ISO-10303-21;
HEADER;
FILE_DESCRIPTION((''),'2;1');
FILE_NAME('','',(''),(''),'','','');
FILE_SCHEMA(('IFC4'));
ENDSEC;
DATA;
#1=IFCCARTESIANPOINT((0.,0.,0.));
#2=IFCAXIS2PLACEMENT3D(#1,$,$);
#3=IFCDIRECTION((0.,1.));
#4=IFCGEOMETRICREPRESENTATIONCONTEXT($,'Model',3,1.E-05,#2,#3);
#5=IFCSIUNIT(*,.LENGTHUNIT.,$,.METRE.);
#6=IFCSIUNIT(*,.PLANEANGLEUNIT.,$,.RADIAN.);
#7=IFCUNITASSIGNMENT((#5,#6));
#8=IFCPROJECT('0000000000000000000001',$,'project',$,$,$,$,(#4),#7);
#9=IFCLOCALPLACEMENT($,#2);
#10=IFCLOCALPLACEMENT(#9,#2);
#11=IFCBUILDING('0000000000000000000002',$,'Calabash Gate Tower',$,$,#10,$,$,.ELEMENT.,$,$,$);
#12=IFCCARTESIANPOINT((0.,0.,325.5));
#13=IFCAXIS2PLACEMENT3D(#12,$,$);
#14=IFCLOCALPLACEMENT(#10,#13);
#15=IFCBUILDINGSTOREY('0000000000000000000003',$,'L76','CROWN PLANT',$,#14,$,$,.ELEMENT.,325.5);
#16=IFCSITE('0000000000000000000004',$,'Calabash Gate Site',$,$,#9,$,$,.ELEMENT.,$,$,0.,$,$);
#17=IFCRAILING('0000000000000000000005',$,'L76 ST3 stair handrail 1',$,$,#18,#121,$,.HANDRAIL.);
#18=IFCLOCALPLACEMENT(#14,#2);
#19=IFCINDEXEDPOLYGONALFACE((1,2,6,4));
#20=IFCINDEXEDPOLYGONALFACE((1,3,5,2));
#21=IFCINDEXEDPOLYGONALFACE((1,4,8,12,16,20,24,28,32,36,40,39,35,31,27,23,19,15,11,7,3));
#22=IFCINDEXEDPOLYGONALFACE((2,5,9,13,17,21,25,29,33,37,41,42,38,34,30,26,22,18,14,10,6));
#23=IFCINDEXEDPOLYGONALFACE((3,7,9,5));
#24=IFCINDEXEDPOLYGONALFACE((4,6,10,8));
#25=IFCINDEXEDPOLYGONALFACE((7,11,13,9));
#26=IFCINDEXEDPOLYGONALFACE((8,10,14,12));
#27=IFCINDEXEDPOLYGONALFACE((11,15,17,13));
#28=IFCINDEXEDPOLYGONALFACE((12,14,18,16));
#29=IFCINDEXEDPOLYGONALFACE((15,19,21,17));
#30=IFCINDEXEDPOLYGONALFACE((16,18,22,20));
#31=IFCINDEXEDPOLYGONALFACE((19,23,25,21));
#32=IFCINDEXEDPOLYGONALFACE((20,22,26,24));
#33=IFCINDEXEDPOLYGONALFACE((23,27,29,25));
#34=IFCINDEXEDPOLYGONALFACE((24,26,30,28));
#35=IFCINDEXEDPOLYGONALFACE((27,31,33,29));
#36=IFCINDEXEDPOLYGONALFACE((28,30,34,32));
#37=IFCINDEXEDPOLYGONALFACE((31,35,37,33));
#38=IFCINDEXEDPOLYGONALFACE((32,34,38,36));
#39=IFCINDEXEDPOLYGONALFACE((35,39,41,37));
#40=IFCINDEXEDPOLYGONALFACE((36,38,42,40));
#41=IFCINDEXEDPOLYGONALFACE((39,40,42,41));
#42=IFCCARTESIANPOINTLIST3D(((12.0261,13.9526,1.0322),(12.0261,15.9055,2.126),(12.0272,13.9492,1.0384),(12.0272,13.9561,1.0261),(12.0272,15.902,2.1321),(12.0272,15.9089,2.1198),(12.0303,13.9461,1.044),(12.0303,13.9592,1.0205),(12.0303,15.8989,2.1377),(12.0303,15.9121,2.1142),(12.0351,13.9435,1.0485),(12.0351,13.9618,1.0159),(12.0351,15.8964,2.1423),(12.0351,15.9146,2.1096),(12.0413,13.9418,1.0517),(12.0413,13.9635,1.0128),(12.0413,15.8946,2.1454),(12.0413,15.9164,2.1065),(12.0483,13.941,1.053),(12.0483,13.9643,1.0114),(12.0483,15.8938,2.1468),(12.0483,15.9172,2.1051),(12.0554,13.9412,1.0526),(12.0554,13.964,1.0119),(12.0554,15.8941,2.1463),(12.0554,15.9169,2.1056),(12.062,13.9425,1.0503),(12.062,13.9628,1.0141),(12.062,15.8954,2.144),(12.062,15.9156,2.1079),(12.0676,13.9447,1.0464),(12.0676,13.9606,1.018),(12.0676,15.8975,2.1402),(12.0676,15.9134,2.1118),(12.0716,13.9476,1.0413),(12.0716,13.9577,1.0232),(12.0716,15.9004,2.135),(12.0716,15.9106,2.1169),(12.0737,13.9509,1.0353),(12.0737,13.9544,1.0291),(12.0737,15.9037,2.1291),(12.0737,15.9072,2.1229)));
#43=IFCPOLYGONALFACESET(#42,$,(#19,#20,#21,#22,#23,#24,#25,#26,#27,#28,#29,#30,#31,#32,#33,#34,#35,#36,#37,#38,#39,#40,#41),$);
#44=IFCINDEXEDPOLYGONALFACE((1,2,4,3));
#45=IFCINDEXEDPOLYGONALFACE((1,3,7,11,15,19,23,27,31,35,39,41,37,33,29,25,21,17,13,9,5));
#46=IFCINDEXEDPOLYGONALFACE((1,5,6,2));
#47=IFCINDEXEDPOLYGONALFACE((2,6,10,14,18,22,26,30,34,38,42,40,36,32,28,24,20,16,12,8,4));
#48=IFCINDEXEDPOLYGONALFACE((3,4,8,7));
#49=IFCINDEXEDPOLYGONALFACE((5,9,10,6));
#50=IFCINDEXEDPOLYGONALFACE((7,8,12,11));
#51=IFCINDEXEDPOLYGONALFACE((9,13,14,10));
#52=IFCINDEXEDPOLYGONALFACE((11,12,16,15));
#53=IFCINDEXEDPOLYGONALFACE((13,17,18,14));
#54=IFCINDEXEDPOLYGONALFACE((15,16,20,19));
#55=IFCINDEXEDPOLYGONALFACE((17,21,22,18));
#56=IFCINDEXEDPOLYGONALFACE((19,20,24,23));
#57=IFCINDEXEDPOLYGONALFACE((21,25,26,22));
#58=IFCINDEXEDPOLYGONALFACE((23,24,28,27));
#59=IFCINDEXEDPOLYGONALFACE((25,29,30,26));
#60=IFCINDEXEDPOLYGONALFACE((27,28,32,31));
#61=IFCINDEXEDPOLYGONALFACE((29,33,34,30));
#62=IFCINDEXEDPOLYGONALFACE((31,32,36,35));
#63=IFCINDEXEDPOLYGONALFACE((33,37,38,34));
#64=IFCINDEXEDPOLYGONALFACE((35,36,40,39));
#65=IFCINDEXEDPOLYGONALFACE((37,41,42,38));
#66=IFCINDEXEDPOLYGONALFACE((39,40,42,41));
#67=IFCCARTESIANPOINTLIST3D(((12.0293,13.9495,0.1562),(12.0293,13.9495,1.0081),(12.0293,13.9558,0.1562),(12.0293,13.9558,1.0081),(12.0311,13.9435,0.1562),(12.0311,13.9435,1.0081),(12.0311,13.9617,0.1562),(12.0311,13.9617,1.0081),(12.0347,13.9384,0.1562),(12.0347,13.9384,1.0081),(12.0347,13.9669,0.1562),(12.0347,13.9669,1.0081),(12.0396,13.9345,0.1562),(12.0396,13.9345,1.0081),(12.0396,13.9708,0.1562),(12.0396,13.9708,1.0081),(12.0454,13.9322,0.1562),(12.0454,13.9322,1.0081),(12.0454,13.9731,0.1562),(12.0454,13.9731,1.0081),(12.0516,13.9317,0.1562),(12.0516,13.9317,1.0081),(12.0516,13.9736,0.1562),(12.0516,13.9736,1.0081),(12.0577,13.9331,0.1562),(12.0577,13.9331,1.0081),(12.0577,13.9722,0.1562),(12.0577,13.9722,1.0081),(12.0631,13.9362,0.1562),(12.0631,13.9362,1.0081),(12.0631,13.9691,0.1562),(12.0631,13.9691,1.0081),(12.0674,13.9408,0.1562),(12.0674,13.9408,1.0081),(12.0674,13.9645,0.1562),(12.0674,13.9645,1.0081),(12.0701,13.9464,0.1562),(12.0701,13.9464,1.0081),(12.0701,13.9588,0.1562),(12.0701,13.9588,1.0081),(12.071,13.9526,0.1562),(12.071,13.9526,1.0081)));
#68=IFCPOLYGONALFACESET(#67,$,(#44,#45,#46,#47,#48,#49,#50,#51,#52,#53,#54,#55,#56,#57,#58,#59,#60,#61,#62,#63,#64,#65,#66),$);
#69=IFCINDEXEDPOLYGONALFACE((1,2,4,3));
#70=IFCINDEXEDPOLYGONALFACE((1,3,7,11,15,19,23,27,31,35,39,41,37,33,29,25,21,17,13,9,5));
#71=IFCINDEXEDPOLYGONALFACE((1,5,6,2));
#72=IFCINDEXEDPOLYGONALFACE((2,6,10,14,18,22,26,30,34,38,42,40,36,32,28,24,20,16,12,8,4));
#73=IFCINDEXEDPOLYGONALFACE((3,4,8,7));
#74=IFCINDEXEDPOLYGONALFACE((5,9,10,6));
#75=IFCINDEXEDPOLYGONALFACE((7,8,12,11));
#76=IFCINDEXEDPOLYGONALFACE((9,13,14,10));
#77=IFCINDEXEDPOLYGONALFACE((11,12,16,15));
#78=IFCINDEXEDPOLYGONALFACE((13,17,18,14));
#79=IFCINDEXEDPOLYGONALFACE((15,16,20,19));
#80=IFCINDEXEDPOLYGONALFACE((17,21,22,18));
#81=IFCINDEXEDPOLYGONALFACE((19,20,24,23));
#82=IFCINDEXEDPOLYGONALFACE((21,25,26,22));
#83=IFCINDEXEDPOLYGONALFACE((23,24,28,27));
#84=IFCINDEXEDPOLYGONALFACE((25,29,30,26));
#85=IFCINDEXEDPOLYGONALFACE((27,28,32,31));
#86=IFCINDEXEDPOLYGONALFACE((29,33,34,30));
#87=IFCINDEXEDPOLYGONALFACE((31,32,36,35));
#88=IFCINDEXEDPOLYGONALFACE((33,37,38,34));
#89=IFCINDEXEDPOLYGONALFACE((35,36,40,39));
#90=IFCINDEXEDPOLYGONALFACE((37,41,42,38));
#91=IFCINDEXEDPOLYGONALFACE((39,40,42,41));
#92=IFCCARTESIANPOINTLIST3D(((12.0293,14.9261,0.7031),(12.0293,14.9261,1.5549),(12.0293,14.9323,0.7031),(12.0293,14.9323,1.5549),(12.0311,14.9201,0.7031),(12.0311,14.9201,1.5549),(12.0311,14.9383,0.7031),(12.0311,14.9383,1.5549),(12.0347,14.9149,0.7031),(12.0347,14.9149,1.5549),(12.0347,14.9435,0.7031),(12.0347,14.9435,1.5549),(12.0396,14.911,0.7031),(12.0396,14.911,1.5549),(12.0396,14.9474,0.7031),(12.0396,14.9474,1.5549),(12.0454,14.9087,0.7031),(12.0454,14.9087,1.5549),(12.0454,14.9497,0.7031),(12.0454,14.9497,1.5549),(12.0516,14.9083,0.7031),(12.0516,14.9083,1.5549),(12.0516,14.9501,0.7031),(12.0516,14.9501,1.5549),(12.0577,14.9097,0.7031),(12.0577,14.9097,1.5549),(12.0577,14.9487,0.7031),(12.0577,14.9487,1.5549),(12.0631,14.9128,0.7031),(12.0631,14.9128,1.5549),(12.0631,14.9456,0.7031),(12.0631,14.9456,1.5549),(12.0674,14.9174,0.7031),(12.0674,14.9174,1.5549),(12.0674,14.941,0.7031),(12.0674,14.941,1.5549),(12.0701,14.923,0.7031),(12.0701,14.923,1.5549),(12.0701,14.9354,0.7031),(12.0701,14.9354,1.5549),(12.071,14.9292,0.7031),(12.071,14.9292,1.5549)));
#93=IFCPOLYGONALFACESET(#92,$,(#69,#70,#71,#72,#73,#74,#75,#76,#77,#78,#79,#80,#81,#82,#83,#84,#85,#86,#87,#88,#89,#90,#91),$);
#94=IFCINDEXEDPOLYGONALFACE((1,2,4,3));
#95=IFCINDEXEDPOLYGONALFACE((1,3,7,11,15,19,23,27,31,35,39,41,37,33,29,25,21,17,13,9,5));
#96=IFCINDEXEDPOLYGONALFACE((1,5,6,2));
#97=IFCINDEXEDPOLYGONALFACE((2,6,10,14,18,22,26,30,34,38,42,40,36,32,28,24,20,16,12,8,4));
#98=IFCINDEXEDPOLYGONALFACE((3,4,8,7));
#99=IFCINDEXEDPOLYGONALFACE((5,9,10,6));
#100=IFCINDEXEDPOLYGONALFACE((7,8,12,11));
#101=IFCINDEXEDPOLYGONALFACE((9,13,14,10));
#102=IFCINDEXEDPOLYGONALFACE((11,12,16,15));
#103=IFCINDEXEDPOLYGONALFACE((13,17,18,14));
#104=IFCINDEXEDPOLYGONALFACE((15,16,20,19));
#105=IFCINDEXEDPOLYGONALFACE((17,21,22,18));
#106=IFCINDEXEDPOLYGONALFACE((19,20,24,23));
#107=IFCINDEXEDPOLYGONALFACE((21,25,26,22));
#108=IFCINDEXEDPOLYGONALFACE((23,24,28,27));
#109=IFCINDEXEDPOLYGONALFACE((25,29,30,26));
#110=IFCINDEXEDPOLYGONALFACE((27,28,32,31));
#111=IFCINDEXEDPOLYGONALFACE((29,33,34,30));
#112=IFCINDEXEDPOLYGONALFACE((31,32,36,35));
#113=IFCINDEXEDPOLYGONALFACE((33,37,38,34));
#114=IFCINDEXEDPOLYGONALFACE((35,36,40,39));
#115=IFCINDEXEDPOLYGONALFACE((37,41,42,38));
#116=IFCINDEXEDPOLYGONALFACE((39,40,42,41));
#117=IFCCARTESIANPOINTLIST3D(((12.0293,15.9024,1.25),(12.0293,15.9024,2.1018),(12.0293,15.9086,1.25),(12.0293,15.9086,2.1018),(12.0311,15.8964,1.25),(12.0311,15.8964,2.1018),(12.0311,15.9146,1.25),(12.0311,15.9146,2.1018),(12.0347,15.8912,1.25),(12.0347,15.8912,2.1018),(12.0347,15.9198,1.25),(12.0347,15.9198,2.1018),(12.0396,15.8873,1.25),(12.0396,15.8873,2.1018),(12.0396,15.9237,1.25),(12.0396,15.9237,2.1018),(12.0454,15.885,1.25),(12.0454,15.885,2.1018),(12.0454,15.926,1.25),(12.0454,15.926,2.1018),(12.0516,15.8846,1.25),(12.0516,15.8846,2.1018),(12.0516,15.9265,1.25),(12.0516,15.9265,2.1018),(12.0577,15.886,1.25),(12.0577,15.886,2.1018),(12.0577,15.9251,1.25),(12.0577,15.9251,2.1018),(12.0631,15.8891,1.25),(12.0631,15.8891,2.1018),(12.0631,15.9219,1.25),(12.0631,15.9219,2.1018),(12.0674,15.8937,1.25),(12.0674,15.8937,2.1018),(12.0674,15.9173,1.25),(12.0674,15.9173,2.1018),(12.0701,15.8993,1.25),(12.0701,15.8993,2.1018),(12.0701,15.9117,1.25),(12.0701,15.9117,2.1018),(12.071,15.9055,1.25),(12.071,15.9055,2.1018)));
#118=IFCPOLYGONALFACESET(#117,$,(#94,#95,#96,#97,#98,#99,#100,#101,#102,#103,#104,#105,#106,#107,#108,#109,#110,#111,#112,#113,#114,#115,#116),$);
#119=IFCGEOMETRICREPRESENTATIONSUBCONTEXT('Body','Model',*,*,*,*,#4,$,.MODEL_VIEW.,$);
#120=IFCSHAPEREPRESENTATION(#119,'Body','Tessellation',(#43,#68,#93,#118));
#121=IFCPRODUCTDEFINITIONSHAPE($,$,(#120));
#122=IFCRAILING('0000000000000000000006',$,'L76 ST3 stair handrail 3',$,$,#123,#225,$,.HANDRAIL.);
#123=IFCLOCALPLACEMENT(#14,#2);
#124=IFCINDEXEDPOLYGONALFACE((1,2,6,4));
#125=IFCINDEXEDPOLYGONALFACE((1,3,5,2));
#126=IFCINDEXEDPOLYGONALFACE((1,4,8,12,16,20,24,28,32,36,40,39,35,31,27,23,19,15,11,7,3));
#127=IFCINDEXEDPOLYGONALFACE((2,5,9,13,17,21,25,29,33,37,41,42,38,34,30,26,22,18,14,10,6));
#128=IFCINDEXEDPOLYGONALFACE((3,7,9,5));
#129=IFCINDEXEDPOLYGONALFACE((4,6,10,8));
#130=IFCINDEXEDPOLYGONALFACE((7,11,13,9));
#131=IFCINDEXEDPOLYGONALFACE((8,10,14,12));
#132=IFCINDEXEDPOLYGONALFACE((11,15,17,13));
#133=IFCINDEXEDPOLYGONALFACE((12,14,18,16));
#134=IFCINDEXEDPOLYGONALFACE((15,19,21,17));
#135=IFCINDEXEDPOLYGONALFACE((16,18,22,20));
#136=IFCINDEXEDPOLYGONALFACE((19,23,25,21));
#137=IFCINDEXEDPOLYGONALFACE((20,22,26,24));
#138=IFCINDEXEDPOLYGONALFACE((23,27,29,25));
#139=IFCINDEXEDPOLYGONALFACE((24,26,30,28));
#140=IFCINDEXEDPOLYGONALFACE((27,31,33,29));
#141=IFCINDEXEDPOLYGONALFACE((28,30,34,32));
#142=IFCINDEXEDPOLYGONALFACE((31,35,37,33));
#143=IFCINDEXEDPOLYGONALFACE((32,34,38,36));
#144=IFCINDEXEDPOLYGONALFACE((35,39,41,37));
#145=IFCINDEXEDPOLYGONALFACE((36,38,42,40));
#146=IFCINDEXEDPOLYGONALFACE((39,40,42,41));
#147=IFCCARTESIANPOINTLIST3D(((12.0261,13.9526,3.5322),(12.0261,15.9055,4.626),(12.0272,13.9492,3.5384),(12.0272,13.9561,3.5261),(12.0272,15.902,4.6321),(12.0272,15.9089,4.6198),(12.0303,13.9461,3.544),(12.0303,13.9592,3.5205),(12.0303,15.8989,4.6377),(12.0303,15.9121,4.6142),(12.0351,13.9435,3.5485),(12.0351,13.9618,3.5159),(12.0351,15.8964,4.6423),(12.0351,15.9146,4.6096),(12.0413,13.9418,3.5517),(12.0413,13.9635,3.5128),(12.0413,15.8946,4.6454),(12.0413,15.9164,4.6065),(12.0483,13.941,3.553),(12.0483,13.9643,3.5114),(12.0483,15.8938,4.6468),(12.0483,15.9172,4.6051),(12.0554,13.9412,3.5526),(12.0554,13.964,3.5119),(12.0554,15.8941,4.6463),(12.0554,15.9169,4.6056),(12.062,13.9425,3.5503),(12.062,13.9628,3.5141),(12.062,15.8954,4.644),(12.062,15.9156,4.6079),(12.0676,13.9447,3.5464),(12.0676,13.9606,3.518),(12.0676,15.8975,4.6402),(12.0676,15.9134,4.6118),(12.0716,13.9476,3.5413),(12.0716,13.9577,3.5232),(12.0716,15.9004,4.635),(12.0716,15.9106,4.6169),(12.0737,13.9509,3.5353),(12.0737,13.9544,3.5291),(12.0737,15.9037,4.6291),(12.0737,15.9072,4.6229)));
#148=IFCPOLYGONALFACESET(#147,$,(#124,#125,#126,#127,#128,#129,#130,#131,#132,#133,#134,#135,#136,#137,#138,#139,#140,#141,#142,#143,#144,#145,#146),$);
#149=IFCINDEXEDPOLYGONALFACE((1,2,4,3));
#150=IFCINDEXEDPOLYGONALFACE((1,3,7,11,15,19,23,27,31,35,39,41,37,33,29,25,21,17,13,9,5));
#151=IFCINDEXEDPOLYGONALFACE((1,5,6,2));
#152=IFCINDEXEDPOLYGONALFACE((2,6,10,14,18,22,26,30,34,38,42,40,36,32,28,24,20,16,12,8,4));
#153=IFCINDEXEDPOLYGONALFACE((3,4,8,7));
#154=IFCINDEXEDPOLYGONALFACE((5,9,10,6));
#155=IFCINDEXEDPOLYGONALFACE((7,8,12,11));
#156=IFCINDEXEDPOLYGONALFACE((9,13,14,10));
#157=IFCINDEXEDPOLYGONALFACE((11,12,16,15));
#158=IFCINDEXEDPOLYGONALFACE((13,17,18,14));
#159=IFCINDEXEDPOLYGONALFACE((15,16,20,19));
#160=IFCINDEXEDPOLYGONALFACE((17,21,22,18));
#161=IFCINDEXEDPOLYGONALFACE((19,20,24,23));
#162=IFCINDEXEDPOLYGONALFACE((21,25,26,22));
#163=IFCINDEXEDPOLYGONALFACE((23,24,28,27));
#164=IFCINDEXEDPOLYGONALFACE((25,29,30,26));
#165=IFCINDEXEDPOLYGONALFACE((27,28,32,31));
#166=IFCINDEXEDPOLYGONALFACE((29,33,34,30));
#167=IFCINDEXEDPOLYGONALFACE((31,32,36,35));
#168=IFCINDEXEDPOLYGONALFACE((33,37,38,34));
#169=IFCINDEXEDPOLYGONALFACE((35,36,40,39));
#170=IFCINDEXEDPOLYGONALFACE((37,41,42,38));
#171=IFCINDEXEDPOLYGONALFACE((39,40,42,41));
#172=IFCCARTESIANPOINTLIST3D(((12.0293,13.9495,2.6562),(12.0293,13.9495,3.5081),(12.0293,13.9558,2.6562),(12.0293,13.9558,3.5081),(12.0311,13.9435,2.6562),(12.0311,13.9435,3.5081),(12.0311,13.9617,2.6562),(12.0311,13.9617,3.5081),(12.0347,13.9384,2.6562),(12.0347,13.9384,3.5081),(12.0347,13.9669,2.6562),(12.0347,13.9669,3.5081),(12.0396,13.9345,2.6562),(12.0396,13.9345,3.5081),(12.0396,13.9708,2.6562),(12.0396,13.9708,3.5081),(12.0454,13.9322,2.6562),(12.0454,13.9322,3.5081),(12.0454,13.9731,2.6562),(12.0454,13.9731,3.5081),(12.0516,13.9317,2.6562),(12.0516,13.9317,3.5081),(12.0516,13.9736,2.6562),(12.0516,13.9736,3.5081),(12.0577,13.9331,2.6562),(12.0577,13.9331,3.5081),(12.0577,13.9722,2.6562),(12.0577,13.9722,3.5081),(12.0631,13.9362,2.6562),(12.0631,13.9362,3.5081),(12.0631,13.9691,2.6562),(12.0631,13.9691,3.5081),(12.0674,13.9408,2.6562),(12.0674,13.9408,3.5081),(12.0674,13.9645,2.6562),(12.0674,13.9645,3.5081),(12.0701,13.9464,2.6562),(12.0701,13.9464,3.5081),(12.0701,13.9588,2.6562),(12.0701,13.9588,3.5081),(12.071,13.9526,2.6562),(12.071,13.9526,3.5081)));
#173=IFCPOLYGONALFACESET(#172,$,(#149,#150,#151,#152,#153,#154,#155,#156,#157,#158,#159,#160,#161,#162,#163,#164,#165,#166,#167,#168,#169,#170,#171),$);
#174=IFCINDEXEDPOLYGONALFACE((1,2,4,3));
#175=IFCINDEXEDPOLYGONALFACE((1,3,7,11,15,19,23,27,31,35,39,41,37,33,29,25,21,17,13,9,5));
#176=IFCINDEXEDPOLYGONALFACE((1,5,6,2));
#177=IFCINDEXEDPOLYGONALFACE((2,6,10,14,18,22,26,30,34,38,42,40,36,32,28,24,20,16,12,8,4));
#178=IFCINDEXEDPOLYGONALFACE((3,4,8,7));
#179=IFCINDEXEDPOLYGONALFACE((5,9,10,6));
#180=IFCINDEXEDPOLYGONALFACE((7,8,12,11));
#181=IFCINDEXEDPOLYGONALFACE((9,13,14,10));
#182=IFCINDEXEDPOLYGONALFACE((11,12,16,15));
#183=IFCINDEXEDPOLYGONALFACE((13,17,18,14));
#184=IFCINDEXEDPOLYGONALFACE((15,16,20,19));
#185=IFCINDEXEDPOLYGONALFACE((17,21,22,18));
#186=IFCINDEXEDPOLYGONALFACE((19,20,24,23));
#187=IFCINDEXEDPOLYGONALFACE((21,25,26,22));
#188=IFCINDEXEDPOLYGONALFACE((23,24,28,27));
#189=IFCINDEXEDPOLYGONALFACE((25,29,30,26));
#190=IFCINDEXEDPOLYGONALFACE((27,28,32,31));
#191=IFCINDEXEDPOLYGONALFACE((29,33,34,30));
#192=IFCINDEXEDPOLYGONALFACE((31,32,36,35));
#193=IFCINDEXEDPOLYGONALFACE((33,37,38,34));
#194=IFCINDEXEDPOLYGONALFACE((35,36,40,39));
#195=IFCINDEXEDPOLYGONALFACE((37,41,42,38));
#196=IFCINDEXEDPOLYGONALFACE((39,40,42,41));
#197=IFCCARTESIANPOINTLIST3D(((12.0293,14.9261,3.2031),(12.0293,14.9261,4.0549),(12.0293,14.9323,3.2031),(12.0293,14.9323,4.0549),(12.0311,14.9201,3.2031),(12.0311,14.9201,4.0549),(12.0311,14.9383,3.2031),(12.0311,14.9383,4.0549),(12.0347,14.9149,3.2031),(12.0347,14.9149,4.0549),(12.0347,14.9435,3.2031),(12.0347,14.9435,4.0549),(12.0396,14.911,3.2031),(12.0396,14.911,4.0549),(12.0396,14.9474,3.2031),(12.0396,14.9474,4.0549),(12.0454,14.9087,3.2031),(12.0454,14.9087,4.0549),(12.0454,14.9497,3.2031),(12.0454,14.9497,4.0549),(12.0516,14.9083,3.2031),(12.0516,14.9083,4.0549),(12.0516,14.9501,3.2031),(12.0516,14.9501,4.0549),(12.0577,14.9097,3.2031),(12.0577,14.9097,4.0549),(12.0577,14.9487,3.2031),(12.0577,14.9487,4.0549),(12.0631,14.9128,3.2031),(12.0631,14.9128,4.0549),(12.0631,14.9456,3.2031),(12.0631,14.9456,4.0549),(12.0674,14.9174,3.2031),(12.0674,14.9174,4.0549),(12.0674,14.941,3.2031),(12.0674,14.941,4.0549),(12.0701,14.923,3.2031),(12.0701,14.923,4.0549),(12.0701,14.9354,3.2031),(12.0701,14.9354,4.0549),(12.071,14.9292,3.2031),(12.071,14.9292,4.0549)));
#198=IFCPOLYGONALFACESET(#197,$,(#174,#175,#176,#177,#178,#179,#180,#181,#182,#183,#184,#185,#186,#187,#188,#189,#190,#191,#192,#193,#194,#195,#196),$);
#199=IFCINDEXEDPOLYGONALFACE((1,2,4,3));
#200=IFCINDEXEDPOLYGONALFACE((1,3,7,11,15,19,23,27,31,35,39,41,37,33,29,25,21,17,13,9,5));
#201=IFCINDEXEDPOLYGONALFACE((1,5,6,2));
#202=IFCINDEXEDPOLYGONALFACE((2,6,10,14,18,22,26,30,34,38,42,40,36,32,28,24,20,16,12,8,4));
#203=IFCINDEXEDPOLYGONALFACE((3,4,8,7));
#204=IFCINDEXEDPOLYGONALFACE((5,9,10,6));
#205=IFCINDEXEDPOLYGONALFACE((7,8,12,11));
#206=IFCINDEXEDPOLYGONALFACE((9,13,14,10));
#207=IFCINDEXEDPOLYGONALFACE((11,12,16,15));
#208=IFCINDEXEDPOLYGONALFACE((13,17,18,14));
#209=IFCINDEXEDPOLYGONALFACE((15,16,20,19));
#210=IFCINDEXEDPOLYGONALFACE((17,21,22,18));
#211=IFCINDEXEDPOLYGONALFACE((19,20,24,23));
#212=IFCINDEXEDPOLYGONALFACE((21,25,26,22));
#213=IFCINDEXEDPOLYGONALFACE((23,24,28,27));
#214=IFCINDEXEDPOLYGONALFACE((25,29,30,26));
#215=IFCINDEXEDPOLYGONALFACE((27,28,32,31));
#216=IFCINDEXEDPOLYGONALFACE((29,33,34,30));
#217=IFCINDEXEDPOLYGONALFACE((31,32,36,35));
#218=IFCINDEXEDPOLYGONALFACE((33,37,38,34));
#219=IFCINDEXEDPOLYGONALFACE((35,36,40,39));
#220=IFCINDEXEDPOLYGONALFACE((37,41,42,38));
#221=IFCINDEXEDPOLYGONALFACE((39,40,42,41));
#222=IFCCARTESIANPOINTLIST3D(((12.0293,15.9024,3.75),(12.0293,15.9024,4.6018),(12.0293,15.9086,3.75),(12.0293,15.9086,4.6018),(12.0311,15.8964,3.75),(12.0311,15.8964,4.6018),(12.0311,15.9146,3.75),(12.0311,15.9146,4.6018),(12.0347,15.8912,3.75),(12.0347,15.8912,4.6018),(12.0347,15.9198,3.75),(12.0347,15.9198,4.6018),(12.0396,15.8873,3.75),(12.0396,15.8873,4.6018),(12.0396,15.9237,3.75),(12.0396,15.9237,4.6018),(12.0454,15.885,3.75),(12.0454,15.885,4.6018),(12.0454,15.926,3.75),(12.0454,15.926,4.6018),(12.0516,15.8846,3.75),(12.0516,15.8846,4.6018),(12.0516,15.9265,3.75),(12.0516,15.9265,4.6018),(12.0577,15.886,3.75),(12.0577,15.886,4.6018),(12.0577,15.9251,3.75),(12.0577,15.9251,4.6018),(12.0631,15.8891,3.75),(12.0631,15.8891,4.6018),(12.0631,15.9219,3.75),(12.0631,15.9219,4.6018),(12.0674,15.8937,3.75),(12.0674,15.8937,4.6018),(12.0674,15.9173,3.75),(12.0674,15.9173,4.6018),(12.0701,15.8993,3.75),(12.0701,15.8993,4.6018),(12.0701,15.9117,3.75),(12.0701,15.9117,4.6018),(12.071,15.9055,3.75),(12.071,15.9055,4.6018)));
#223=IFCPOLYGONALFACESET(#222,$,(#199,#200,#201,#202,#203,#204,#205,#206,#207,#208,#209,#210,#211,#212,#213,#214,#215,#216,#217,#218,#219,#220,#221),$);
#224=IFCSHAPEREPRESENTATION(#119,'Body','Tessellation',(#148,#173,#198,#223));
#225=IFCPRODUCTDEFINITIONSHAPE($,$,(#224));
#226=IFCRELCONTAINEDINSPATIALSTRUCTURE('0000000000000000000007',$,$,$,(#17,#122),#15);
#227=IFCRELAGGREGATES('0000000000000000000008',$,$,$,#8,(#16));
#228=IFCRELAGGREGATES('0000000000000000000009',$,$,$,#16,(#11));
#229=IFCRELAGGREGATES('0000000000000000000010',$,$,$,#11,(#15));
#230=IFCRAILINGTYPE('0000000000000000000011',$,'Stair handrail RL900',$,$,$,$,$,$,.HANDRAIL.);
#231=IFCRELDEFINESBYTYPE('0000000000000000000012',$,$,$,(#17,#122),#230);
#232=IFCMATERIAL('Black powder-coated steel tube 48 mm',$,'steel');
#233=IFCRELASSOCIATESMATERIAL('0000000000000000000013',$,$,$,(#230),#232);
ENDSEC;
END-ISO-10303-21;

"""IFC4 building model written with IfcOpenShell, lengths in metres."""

from ifc_helpers import new_model, si_unit, direction, frame, origin, origin_2d, place, context, subcontext, project, spatial, circle, extrude, material, type_object, element, save


model = new_model("IFC4")

# Units and contexts
model_context = context("Model", 3, precision=1e-05, world=origin(), true_north=direction((0.0, 1.0)))
body_context = subcontext(model_context, "Body", "Model", "MODEL_VIEW")
ifc_project = project(units=[si_unit("LENGTHUNIT", "METRE"), si_unit("PLANEANGLEUNIT", "RADIAN")], contexts=[model_context])

# Site, building, storey
site_placement = place(None, origin())
site = spatial("IfcSite", under=ifc_project, at=site_placement, Name="Calabash Gate Site", CompositionType="ELEMENT", RefElevation=0.0)
building_placement = place(site_placement, origin())
building = spatial("IfcBuilding", under=site, at=building_placement, Name="Calabash Gate Tower", CompositionType="ELEMENT")
storey_placement = place(building_placement, frame((0.0, 0.0, 325.5)))
storey = spatial("IfcBuildingStorey", under=building, at=storey_placement, Name="L76", Description="CROWN PLANT", CompositionType="ELEMENT", Elevation=325.5)

# Railings
ifc_material_1 = material(Name="Black powder-coated steel tube 48 mm", Category="steel")
railing_type_1 = type_object("IfcRailingType", Name="Stair handrail RL900", PredefinedType="HANDRAIL", material=ifc_material_1)
for number, where, name in (
    (1, (12.05, 13.9526, 0.1562), "L76 ST3 stair handrail 1"),
    (2, (12.05, 13.9526, 2.6562), "L76 ST3 stair handrail 3"),
):
    element("IfcRailing", number, at=place(storey_placement, frame(where)), inside=storey, type_object=railing_type_1, Name=name, PredefinedType="HANDRAIL", context=body_context, shape_type="SweptSolid", body=[
        extrude(circle(Radius=0.0239, at=origin_2d()), frame((0.0, 0.0, 0.876), z_axis=(0.0, 0.87248, 0.48865), x_axis=(-1.0, 0.0, 0.0)), (0.0, 0.0, 1.0), 2.2383),
        extrude(circle(Radius=0.021, at=origin_2d()), origin(), (0.0, 0.0, 1.0), 0.8518),
        extrude(circle(Radius=0.021, at=origin_2d()), frame((0.0, 0.9766, 0.5469)), (0.0, 0.0, 1.0), 0.8518),
        extrude(circle(Radius=0.021, at=origin_2d()), frame((0.0, 1.9529, 1.0938)), (0.0, 0.0, 1.0), 0.8518),
    ])

save(model, "model.ifc")
